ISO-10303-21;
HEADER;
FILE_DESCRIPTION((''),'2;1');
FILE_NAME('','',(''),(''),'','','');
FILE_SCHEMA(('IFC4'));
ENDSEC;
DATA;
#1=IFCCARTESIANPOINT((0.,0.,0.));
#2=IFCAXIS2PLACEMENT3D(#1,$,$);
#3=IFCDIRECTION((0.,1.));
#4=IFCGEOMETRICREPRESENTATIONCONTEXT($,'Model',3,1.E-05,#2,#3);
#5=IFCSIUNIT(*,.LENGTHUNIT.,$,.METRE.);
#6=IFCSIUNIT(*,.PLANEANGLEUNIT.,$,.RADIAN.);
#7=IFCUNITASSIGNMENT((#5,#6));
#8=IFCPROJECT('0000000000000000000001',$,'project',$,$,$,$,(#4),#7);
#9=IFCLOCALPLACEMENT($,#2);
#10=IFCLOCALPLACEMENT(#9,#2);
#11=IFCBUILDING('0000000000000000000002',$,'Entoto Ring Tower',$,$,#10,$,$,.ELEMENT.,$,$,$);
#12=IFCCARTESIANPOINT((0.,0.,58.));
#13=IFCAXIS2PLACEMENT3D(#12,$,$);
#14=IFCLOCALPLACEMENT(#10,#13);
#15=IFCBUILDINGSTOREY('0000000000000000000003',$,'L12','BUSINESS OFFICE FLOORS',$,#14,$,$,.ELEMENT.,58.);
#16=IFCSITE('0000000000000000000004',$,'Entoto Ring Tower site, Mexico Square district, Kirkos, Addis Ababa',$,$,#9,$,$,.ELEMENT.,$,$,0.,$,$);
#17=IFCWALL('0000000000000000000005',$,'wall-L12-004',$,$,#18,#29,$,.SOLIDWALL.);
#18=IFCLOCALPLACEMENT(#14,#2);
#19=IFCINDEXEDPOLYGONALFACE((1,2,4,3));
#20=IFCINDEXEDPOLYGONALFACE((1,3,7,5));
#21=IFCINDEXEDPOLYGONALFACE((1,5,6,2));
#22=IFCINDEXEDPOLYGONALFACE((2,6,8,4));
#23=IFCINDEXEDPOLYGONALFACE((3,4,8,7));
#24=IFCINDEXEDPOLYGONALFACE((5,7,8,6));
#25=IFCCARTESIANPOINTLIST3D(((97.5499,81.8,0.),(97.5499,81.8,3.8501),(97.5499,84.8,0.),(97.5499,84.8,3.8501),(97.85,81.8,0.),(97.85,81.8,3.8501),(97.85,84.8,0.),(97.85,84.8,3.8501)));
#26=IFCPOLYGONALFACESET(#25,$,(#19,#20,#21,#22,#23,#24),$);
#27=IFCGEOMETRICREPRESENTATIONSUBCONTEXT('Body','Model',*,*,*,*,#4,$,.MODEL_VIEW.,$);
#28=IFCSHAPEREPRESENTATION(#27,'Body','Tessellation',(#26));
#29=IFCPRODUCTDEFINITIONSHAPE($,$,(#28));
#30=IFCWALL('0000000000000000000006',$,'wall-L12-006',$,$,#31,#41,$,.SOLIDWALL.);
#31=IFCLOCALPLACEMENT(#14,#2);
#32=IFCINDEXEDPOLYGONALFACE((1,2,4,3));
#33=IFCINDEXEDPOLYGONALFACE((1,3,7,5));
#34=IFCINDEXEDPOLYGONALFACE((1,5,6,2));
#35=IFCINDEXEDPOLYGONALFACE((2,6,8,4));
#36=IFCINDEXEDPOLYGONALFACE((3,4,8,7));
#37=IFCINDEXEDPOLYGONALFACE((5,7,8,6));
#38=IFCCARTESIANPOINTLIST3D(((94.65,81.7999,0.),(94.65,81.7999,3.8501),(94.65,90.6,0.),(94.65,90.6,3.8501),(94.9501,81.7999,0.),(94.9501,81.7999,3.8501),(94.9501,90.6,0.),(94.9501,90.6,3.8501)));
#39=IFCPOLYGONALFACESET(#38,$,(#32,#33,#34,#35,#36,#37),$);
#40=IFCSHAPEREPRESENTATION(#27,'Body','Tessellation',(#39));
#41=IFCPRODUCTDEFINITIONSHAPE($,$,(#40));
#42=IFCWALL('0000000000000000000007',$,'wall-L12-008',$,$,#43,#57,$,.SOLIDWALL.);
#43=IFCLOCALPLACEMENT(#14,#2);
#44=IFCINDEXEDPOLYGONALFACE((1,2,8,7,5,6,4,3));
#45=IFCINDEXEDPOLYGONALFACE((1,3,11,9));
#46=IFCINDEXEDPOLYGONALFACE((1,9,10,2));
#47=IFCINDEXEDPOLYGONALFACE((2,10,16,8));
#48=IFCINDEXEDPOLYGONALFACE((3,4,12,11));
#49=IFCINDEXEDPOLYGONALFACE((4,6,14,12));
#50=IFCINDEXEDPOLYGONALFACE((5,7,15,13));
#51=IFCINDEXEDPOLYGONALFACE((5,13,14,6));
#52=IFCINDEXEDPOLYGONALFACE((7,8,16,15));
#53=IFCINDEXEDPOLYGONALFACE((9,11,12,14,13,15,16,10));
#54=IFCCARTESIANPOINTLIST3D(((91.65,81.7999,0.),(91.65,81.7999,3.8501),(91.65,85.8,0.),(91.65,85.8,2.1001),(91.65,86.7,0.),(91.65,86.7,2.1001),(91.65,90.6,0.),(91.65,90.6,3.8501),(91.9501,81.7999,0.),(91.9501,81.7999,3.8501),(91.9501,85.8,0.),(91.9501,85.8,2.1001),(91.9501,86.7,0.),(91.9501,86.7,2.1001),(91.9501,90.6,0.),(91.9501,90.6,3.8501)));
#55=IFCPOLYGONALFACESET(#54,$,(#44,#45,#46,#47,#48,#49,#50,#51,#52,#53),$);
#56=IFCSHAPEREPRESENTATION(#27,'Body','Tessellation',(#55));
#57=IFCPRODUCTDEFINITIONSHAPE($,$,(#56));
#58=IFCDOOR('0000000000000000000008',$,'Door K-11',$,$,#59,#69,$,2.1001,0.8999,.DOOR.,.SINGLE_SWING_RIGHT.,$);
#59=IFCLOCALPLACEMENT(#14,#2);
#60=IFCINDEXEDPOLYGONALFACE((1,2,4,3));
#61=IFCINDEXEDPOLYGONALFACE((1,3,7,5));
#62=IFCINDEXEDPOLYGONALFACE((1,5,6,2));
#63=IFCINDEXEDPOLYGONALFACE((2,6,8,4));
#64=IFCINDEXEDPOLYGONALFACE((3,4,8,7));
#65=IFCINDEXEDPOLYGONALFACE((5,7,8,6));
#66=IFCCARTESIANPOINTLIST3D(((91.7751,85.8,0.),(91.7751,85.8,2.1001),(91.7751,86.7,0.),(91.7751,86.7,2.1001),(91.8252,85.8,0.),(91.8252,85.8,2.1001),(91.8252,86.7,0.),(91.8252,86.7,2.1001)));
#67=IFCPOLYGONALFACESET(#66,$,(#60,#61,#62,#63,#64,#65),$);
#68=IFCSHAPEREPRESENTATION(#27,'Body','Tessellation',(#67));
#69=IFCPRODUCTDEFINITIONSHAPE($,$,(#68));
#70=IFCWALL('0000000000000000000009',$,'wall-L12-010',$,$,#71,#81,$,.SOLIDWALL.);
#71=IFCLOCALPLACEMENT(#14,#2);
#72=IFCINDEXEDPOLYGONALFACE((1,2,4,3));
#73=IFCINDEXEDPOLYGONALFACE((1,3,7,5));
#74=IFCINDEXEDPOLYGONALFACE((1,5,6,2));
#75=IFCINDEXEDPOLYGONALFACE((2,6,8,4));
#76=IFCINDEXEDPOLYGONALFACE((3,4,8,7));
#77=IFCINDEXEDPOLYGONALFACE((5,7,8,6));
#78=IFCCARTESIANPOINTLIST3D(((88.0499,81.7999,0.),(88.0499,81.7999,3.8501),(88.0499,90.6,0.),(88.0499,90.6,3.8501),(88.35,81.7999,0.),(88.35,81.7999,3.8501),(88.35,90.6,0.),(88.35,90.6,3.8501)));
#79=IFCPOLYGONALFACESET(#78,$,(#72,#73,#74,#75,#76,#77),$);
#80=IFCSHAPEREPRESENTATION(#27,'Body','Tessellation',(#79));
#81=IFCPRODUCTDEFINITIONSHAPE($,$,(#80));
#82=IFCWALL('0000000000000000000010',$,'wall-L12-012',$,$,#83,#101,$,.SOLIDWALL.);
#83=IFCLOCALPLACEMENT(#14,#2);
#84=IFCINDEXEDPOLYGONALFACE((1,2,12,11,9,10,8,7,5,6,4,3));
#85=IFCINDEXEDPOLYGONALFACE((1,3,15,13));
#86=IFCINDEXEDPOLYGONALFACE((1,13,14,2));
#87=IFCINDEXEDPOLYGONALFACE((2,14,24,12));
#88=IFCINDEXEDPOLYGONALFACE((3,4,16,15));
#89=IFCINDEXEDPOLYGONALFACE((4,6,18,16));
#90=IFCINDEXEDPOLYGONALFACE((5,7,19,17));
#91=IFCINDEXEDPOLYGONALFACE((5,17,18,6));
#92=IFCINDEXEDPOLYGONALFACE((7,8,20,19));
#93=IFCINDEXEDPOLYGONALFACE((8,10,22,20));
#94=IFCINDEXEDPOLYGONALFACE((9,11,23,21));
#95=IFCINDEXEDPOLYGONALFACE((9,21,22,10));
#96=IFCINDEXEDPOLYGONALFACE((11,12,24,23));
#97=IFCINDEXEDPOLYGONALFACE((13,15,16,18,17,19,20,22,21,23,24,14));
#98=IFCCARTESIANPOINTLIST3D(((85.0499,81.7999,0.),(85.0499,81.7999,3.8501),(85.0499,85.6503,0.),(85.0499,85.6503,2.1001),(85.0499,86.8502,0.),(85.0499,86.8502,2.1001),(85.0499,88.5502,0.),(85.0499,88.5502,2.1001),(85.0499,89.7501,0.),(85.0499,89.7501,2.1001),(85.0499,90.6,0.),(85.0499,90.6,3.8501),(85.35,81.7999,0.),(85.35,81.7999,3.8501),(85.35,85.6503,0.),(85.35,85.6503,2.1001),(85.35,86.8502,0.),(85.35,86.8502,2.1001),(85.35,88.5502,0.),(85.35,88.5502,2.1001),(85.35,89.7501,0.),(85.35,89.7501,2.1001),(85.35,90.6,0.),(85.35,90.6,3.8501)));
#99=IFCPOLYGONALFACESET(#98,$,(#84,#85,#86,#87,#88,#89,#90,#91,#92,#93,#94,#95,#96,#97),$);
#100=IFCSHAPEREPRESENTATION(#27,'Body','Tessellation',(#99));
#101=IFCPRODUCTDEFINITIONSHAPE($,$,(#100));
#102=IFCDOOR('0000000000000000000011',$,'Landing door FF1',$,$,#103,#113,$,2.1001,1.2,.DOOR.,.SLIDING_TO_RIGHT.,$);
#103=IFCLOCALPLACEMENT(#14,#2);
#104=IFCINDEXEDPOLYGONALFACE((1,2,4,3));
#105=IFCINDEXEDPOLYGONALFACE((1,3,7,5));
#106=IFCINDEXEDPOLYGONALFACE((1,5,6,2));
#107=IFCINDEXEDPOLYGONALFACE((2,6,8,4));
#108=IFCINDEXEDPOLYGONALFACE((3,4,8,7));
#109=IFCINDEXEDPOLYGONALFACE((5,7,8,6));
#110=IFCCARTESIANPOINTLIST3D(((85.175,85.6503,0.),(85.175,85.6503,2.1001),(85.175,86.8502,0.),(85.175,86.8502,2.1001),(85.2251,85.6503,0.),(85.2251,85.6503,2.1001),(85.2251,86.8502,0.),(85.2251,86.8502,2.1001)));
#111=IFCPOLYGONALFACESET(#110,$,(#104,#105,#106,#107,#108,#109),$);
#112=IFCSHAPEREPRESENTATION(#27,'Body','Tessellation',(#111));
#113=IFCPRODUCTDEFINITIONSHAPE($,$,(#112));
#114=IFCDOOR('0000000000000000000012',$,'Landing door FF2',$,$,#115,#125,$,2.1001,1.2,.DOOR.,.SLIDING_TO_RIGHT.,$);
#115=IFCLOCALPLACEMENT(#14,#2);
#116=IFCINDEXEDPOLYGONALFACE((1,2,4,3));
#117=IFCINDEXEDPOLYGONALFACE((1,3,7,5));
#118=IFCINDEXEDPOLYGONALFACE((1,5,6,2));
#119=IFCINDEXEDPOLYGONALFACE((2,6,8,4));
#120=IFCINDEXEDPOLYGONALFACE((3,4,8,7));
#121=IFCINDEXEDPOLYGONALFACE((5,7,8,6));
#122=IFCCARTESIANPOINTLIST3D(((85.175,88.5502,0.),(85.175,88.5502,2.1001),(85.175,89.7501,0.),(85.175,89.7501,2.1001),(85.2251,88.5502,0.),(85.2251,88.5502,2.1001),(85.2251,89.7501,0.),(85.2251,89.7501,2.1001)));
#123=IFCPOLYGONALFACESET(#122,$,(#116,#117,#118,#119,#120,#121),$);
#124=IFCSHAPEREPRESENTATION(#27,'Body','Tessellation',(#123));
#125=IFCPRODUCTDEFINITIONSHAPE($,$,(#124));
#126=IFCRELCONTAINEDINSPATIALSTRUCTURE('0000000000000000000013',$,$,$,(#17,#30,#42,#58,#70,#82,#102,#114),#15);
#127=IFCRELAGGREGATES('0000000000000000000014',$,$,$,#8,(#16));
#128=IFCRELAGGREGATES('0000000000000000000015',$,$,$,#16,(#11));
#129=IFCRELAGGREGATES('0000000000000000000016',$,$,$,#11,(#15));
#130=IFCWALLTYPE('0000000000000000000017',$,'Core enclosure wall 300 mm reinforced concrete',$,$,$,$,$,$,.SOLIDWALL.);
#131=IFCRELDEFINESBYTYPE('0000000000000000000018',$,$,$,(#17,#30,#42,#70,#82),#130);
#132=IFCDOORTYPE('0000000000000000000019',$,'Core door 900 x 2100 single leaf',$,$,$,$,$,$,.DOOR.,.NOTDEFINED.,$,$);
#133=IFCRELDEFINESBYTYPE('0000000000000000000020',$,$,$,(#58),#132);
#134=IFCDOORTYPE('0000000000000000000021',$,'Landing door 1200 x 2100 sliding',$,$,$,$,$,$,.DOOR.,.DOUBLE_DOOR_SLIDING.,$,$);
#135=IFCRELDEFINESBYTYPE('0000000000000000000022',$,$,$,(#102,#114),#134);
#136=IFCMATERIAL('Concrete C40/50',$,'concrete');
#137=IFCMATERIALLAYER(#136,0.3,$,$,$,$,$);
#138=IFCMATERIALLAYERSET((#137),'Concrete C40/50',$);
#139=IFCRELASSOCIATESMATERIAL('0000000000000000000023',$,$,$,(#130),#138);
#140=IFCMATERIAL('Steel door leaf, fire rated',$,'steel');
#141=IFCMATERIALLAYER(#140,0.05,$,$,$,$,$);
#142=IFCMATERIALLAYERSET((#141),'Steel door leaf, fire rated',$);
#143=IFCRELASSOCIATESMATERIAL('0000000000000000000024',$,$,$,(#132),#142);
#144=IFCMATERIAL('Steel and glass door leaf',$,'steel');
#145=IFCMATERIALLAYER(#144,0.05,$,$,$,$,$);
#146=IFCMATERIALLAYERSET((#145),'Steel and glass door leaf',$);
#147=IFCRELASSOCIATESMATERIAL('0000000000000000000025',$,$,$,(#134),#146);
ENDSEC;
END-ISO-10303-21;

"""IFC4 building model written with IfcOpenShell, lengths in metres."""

from ifc_helpers import new_model, si_unit, direction, frame, frame_2d, origin, place, context, subcontext, project, spatial, rectangle, extrude, material, layer, layer_set, type_object, element, fill, save


model = new_model("IFC4")

# Units and contexts
model_context = context("Model", 3, precision=1e-05, world=origin(), true_north=direction((0.0, 1.0)))
body_context = subcontext(model_context, "Body", "Model", "MODEL_VIEW")
ifc_project = project(units=[si_unit("LENGTHUNIT", "METRE"), si_unit("PLANEANGLEUNIT", "RADIAN")], contexts=[model_context])

# Site, building, storey
site_placement = place(None, origin())
site = spatial("IfcSite", under=ifc_project, at=site_placement, Name="Entoto Ring Tower site, Mexico Square district, Kirkos, Addis Ababa", CompositionType="ELEMENT", RefElevation=0.0)
building_placement = place(site_placement, origin())
building = spatial("IfcBuilding", under=site, at=building_placement, Name="Entoto Ring Tower", CompositionType="ELEMENT")
storey_placement = place(building_placement, frame((0.0, 0.0, 58.0)))
storey = spatial("IfcBuildingStorey", under=building, at=storey_placement, Name="L12", Description="BUSINESS OFFICE FLOORS", CompositionType="ELEMENT", Elevation=58.0)

# Walls
ifc_material_1 = material(Name="Concrete C40/50", Category="concrete")
ifc_layer_1 = layer(ifc_material_1, 0.3)
ifc_layer_set_1 = layer_set([ifc_layer_1], Name="Concrete C40/50")
wall_type = type_object("IfcWallType", Name="Core enclosure wall 300 mm reinforced concrete", PredefinedType="SOLIDWALL", material=ifc_layer_set_1)
wall_1_placement = place(storey_placement, frame((97.7, 81.8, 0.0), z_axis=(0.0, 0.0, 1.0), x_axis=(0.0, 1.0, 0.0)))
element("IfcWall", 1, at=wall_1_placement, inside=storey, type_object=wall_type, Name="wall-L12-004", PredefinedType="SOLIDWALL", context=body_context, shape_type="SweptSolid", body=[
    extrude(rectangle(XDim=3.0, YDim=0.3, at=frame_2d((1.5, 0.0))), origin(), (0.0, 0.0, 1.0), 3.8501),
])
wall_2_placement = place(storey_placement, frame((94.8, 81.8, 0.0), z_axis=(0.0, 0.0, 1.0), x_axis=(0.0, 1.0, 0.0)))
element("IfcWall", 2, at=wall_2_placement, inside=storey, type_object=wall_type, Name="wall-L12-006", PredefinedType="SOLIDWALL", context=body_context, shape_type="SweptSolid", body=[
    extrude(rectangle(XDim=8.8, YDim=0.3, at=frame_2d((4.3999, 0.0))), origin(), (0.0, 0.0, 1.0), 3.8501),
])

# Wall, opening, door
wall_3_placement = place(storey_placement, frame((91.8, 81.8, 0.0), z_axis=(0.0, 0.0, 1.0), x_axis=(0.0, 1.0, 0.0)))
wall_3 = element("IfcWall", 3, at=wall_3_placement, inside=storey, type_object=wall_type, Name="wall-L12-008", PredefinedType="SOLIDWALL", context=body_context, shape_type="SweptSolid", body=[
    extrude(rectangle(XDim=8.8, YDim=0.3, at=frame_2d((4.3999, 0.0))), origin(), (0.0, 0.0, 1.0), 3.8501),
])
opening_1_placement = place(wall_3_placement, frame((4.0, 0.0, 0.0)))
opening_1 = element("IfcOpeningElement", 4, at=opening_1_placement, cuts=wall_3, PredefinedType="OPENING", context=body_context, shape_type="SweptSolid", body=[
    extrude(rectangle(XDim=0.8999, YDim=2.1001, at=frame_2d((0.45, 1.05))), frame((0.0, 0.1602, 0.0), z_axis=(0.0, -1.0, 0.0), x_axis=(1.0, 0.0, 0.0)), (0.0, 0.0, 1.0), 0.3201),
])
ifc_material_2 = material(Name="Steel door leaf, fire rated", Category="steel")
ifc_layer_2 = layer(ifc_material_2, 0.05)
ifc_layer_set_2 = layer_set([ifc_layer_2], Name="Steel door leaf, fire rated")
door_type_1 = type_object("IfcDoorType", Name="Core door 900 x 2100 single leaf", OperationType="NOTDEFINED", PredefinedType="DOOR", material=ifc_layer_set_2)
door_1_placement = place(opening_1_placement, origin())
door_1 = element("IfcDoor", 5, at=door_1_placement, inside=storey, type_object=door_type_1, Name="Door K-11", OperationType="SINGLE_SWING_RIGHT", OverallHeight=2.1001, OverallWidth=0.8999, PredefinedType="DOOR", context=body_context, shape_type="SweptSolid", body=[
    extrude(rectangle(XDim=0.8999, YDim=2.1001, at=frame_2d((0.45, 1.05))), frame((0.0, 0.0249, 0.0), z_axis=(0.0, -1.0, 0.0), x_axis=(1.0, 0.0, 0.0)), (0.0, 0.0, 1.0), 0.05),
])
fill(opening_1, door_1)

# Wall
wall_4_placement = place(storey_placement, frame((88.2, 81.8, 0.0), z_axis=(0.0, 0.0, 1.0), x_axis=(0.0, 1.0, 0.0)))
element("IfcWall", 6, at=wall_4_placement, inside=storey, type_object=wall_type, Name="wall-L12-010", PredefinedType="SOLIDWALL", context=body_context, shape_type="SweptSolid", body=[
    extrude(rectangle(XDim=8.8, YDim=0.3, at=frame_2d((4.3999, 0.0))), origin(), (0.0, 0.0, 1.0), 3.8501),
])

# Wall, openings, doors
wall_5_placement = place(storey_placement, frame((85.2, 81.8, 0.0), z_axis=(0.0, 0.0, 1.0), x_axis=(0.0, 1.0, 0.0)))
wall_5 = element("IfcWall", 7, at=wall_5_placement, inside=storey, type_object=wall_type, Name="wall-L12-012", PredefinedType="SOLIDWALL", context=body_context, shape_type="SweptSolid", body=[
    extrude(rectangle(XDim=8.8, YDim=0.3, at=frame_2d((4.3999, 0.0))), origin(), (0.0, 0.0, 1.0), 3.8501),
])
opening_2_placement = place(wall_5_placement, frame((3.8501, 0.0, 0.0)))
opening_2 = element("IfcOpeningElement", 8, at=opening_2_placement, cuts=wall_5, PredefinedType="OPENING", context=body_context, shape_type="SweptSolid", body=[
    extrude(rectangle(XDim=1.2, YDim=2.1001, at=frame_2d((0.6001, 1.05))), frame((0.0, 0.1602, 0.0), z_axis=(0.0, -1.0, 0.0), x_axis=(1.0, 0.0, 0.0)), (0.0, 0.0, 1.0), 0.3201),
])
opening_3_placement = place(wall_5_placement, frame((6.75, 0.0, 0.0)))
opening_3 = element("IfcOpeningElement", 9, at=opening_3_placement, cuts=wall_5, PredefinedType="OPENING", context=body_context, shape_type="SweptSolid", body=[
    extrude(rectangle(XDim=1.2, YDim=2.1001, at=frame_2d((0.6001, 1.05))), frame((0.0, 0.1602, 0.0), z_axis=(0.0, -1.0, 0.0), x_axis=(1.0, 0.0, 0.0)), (0.0, 0.0, 1.0), 0.3201),
])
ifc_material_3 = material(Name="Steel and glass door leaf", Category="steel")
ifc_layer_3 = layer(ifc_material_3, 0.05)
ifc_layer_set_3 = layer_set([ifc_layer_3], Name="Steel and glass door leaf")
door_type_2 = type_object("IfcDoorType", Name="Landing door 1200 x 2100 sliding", OperationType="DOUBLE_DOOR_SLIDING", PredefinedType="DOOR", material=ifc_layer_set_3)
door_2_placement = place(opening_2_placement, origin())
door_2 = element("IfcDoor", 10, at=door_2_placement, inside=storey, type_object=door_type_2, Name="Landing door FF1", OperationType="SLIDING_TO_RIGHT", OverallHeight=2.1001, OverallWidth=1.2, PredefinedType="DOOR", context=body_context, shape_type="SweptSolid", body=[
    extrude(rectangle(XDim=1.2, YDim=2.1001, at=frame_2d((0.6001, 1.05))), frame((0.0, 0.0249, 0.0), z_axis=(0.0, -1.0, 0.0), x_axis=(1.0, 0.0, 0.0)), (0.0, 0.0, 1.0), 0.05),
])
fill(opening_2, door_2)
door_3_placement = place(opening_3_placement, origin())
door_3 = element("IfcDoor", 11, at=door_3_placement, inside=storey, type_object=door_type_2, Name="Landing door FF2", OperationType="SLIDING_TO_RIGHT", OverallHeight=2.1001, OverallWidth=1.2, PredefinedType="DOOR", context=body_context, shape_type="SweptSolid", body=[
    extrude(rectangle(XDim=1.2, YDim=2.1001, at=frame_2d((0.6001, 1.05))), frame((0.0, 0.0249, 0.0), z_axis=(0.0, -1.0, 0.0), x_axis=(1.0, 0.0, 0.0)), (0.0, 0.0, 1.0), 0.05),
])
fill(opening_3, door_3)

save(model, "model.ifc")
